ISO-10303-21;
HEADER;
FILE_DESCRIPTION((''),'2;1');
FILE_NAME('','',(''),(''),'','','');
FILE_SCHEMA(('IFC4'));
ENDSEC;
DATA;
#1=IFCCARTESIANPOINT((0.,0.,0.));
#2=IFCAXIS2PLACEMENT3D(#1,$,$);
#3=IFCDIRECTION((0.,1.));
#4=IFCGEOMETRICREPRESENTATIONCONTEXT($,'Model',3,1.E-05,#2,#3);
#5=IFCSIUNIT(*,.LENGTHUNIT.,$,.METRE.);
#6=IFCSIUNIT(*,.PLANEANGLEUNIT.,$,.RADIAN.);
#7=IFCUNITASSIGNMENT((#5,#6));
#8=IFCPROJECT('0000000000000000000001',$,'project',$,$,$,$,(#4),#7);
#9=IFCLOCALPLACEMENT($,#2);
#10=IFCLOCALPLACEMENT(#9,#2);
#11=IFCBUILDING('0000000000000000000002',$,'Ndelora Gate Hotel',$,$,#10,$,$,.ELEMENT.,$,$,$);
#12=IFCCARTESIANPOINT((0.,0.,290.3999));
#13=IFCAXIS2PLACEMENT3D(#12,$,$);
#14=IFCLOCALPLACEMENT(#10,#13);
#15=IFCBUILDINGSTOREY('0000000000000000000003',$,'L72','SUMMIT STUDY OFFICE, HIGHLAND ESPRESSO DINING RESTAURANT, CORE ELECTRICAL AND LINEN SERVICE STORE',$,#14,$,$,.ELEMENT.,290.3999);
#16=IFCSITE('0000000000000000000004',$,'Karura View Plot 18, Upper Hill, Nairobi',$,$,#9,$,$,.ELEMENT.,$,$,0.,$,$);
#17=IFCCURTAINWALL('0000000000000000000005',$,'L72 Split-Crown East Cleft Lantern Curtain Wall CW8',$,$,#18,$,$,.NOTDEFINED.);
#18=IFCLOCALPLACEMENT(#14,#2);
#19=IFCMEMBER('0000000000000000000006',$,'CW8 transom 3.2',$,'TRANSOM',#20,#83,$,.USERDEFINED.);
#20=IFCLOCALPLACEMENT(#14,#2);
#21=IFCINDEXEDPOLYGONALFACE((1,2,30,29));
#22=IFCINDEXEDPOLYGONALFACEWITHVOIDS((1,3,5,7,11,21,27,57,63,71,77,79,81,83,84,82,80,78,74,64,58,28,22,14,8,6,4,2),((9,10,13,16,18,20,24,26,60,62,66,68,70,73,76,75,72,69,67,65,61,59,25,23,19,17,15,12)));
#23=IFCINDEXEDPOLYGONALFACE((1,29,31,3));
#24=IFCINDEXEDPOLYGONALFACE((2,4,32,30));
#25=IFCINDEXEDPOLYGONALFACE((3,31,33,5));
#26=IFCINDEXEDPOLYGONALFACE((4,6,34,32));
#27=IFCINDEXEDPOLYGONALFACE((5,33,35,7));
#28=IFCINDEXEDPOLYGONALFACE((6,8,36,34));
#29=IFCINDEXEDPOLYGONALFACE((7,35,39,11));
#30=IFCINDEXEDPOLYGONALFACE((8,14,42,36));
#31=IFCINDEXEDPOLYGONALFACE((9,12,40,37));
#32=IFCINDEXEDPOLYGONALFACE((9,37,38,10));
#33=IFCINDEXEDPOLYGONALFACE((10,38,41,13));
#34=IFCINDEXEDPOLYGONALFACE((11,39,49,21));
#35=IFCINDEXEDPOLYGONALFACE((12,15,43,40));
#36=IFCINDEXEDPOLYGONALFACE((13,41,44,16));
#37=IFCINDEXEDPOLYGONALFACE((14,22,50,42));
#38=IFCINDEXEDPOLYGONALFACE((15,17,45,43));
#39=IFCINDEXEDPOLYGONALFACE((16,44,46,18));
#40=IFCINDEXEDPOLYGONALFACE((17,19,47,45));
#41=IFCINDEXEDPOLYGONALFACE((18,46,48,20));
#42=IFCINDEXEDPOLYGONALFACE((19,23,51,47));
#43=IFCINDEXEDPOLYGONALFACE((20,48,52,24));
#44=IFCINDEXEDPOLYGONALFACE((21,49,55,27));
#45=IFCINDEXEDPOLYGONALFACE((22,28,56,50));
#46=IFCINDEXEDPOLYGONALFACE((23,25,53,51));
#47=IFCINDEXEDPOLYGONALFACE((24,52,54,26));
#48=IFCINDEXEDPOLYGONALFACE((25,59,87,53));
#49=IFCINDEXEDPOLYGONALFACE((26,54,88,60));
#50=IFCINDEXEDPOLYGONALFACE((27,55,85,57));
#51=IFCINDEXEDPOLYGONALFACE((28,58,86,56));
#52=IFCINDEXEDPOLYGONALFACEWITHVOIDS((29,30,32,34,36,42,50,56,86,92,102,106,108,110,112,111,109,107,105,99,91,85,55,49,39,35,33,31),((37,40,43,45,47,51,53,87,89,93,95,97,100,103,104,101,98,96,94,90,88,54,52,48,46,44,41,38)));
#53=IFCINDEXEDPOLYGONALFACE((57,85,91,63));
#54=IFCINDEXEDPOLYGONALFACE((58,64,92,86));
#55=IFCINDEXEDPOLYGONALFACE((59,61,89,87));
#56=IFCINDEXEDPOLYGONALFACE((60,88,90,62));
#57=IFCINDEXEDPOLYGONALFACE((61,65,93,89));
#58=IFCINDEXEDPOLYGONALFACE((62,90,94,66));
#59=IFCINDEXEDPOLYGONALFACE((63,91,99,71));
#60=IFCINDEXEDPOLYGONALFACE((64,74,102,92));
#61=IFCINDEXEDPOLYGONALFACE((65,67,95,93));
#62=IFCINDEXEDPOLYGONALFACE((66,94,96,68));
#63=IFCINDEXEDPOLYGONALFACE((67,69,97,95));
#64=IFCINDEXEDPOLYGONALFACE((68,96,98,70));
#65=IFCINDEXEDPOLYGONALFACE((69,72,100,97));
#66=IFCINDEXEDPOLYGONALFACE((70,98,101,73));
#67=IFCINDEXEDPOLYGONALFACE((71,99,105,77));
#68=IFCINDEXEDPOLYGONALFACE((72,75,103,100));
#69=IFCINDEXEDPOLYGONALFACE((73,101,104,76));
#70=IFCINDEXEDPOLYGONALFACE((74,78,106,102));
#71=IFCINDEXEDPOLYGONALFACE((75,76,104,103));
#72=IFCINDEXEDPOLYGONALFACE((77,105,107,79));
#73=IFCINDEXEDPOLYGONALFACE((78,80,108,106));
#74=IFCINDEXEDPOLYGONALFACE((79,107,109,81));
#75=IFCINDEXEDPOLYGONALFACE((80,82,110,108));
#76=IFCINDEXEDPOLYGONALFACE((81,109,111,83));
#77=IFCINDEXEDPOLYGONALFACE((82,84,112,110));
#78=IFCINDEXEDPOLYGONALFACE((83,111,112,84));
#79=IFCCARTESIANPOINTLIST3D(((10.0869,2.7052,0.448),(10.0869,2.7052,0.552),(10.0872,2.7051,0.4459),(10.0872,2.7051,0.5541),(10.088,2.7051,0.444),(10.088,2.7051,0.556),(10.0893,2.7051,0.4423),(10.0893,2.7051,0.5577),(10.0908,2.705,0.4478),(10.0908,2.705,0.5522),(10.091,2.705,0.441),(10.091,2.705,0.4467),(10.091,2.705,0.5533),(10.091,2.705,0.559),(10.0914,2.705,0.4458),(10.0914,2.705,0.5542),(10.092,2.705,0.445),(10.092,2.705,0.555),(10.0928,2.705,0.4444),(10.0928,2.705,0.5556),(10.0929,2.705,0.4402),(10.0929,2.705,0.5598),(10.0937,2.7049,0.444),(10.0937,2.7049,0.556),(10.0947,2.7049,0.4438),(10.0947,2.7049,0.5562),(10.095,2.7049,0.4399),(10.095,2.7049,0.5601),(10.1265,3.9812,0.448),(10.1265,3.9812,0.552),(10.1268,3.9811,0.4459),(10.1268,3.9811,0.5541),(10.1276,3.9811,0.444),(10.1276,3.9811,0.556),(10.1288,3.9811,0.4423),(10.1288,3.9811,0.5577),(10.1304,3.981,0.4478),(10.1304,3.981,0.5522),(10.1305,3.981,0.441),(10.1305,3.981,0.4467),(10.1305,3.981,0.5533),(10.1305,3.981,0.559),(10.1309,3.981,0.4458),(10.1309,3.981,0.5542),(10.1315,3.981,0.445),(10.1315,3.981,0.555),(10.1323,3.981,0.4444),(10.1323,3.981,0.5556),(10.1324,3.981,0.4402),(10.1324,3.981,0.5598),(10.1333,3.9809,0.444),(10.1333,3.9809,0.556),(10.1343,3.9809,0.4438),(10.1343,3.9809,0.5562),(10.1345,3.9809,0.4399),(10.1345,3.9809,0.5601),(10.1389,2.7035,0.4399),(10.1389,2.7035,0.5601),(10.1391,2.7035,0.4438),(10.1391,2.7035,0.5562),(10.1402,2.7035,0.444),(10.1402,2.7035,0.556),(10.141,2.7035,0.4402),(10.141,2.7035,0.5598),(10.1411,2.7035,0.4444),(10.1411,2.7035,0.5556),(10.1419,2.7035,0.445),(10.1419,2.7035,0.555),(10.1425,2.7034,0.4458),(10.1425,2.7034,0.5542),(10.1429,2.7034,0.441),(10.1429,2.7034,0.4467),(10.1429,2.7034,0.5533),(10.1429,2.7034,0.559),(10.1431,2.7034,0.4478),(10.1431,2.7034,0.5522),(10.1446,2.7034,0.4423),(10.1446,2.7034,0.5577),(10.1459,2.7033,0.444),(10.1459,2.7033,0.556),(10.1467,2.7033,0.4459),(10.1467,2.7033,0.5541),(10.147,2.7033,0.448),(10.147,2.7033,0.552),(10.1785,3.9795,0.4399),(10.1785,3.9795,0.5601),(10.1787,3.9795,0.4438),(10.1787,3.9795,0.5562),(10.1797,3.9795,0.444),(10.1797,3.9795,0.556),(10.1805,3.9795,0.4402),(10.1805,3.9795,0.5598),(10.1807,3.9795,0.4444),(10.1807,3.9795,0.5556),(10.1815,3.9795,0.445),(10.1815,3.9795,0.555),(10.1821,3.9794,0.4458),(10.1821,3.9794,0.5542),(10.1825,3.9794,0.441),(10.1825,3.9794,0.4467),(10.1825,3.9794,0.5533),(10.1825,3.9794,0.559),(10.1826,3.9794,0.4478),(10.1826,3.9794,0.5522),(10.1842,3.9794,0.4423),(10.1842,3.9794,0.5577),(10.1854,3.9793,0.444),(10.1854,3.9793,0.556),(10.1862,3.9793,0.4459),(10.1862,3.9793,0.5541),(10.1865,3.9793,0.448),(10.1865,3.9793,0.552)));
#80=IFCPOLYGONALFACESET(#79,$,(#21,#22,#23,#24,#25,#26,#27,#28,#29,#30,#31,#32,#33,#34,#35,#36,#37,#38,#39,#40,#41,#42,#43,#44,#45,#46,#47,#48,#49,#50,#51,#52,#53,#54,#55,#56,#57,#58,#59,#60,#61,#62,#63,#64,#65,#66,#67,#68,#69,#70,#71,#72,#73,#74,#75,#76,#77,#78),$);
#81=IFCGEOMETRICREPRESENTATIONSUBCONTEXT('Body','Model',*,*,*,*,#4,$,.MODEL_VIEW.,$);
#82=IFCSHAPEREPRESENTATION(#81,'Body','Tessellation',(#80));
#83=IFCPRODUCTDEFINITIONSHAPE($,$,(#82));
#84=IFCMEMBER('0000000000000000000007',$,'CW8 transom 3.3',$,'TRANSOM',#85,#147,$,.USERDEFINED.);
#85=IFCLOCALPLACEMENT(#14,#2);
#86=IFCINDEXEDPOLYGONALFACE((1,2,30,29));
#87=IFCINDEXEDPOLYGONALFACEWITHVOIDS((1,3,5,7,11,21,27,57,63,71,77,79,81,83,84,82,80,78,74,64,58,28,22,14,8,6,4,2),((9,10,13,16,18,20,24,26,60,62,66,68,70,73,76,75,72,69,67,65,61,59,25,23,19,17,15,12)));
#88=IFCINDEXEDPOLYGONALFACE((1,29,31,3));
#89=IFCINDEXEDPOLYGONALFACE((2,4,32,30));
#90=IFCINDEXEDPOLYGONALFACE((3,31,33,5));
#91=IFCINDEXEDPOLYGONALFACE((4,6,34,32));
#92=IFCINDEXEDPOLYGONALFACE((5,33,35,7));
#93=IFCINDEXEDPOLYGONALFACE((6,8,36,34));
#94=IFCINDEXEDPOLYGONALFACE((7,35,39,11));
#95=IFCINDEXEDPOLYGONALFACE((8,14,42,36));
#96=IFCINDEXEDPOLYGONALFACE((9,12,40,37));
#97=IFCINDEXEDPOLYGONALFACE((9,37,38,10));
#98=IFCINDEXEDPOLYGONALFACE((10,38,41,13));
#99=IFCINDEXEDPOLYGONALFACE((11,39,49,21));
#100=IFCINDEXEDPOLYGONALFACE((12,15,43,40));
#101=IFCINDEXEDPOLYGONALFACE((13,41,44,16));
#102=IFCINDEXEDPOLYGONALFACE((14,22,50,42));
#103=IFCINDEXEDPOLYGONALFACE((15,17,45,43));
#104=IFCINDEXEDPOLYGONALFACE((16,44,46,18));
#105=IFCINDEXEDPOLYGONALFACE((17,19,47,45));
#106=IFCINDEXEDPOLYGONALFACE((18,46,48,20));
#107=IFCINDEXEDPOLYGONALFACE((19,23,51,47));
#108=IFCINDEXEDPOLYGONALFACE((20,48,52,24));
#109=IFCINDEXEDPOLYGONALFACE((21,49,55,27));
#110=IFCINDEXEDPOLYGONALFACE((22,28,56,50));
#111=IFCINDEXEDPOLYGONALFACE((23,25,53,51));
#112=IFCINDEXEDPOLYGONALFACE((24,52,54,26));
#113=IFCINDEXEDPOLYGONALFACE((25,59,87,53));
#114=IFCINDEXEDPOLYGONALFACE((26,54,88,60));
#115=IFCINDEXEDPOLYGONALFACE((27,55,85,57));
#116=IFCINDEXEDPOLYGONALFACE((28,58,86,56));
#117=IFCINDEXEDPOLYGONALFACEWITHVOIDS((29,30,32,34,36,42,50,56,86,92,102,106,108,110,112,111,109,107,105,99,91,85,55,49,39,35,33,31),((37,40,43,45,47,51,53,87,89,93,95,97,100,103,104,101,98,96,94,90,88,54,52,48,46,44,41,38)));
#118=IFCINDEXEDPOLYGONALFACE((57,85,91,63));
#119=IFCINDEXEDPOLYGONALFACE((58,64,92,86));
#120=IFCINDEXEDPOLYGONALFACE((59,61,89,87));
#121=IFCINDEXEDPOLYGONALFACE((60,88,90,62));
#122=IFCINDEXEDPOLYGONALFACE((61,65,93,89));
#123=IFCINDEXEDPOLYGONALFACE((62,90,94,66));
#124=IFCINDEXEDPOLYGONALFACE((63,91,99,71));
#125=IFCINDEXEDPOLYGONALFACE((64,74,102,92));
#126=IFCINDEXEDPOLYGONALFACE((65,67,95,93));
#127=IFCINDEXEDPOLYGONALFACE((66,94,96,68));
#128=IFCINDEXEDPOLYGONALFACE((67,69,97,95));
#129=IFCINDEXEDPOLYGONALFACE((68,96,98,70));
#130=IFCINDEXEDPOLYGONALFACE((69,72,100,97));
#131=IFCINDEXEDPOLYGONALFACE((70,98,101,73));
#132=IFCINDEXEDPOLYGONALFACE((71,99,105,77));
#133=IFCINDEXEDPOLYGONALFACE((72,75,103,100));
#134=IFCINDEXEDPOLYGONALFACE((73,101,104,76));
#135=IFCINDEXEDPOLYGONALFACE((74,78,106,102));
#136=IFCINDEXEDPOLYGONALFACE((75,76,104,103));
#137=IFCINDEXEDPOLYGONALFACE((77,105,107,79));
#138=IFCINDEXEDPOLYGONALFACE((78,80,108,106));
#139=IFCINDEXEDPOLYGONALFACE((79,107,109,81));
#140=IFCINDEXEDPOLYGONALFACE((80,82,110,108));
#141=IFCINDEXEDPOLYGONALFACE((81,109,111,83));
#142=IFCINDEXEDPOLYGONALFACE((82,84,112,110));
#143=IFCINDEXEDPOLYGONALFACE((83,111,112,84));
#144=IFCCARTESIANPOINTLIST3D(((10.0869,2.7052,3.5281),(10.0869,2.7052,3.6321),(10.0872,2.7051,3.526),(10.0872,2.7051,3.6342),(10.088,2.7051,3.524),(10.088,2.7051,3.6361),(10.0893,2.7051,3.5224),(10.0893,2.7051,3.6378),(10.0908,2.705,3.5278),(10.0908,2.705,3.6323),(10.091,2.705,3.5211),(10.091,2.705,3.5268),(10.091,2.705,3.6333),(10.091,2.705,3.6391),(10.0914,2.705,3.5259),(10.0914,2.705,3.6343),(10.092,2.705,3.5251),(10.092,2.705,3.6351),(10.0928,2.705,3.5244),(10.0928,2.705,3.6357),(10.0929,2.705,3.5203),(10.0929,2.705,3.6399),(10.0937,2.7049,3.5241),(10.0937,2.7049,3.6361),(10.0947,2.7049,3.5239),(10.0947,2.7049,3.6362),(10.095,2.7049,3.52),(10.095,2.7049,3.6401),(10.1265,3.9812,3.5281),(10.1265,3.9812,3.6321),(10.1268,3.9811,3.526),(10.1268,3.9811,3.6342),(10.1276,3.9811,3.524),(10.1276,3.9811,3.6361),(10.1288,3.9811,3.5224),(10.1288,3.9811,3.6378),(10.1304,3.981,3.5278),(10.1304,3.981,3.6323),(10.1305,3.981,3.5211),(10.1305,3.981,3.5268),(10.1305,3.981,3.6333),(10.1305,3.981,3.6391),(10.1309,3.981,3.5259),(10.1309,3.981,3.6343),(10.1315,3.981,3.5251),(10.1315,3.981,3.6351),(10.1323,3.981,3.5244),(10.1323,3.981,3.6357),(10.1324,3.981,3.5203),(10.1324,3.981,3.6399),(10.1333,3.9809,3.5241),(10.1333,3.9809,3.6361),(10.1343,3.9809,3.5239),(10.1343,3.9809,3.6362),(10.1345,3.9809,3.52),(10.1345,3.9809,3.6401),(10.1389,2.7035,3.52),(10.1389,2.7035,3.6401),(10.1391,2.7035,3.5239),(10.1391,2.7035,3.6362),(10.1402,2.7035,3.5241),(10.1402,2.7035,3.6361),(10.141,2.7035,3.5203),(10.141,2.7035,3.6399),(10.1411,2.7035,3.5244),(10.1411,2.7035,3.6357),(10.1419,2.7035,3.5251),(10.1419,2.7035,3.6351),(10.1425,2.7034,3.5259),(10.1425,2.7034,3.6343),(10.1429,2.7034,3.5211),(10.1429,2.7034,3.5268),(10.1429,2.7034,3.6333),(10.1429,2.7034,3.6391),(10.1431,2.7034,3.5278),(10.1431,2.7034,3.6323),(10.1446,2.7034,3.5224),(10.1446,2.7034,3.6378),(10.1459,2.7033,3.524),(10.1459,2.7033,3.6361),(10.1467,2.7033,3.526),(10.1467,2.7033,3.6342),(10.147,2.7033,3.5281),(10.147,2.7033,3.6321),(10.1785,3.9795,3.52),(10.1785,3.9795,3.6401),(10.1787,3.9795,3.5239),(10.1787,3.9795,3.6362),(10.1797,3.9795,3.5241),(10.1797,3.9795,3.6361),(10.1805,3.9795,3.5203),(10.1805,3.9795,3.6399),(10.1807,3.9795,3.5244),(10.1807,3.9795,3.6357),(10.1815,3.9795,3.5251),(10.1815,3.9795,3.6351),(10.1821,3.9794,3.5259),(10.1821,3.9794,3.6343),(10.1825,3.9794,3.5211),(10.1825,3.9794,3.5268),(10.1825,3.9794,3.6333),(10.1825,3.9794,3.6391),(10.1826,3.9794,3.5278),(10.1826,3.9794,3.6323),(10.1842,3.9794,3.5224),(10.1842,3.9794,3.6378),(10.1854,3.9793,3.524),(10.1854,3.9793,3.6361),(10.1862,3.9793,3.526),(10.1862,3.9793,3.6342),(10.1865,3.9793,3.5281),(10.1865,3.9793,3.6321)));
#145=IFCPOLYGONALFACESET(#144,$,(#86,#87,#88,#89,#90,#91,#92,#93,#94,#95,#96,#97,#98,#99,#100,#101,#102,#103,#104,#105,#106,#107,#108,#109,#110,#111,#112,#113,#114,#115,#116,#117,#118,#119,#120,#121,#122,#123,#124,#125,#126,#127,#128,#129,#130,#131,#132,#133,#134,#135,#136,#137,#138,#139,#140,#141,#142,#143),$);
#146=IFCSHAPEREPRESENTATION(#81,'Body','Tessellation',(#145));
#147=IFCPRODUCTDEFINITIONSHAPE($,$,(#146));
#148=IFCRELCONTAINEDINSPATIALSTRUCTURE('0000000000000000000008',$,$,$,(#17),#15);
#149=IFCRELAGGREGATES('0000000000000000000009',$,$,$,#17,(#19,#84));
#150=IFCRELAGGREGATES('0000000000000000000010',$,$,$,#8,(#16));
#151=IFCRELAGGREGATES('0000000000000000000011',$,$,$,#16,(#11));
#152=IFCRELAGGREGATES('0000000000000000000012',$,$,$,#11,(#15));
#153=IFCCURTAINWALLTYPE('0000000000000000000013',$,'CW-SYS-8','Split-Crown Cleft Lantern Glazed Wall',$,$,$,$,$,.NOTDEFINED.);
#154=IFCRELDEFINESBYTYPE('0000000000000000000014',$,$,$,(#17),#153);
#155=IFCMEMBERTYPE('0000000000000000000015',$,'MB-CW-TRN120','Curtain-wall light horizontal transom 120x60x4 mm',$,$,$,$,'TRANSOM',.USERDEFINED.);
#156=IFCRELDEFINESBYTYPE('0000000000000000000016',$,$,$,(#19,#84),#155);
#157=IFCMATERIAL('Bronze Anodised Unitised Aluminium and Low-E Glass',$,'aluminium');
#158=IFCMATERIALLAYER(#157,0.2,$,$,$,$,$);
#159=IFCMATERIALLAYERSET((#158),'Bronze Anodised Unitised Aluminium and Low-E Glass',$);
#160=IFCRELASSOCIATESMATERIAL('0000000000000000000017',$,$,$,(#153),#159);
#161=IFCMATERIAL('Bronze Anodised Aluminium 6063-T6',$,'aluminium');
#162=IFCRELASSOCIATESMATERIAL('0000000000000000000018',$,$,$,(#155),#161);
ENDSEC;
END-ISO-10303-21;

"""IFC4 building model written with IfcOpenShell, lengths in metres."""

from ifc_helpers import new_model, si_unit, direction, frame, origin, origin_2d, place, context, subcontext, project, spatial, hollow_rectangle, extrude, material, layer, layer_set, material_profile, profile_set, type_object, element, aggregate, save


model = new_model("IFC4")

# Units and contexts
model_context = context("Model", 3, precision=1e-05, world=origin(), true_north=direction((0.0, 1.0)))
body_context = subcontext(model_context, "Body", "Model", "MODEL_VIEW")
ifc_project = project(units=[si_unit("LENGTHUNIT", "METRE"), si_unit("PLANEANGLEUNIT", "RADIAN")], contexts=[model_context])

# Site, building, storey
site_placement = place(None, origin())
site = spatial("IfcSite", under=ifc_project, at=site_placement, Name="Karura View Plot 18, Upper Hill, Nairobi", CompositionType="ELEMENT", RefElevation=0.0)
building_placement = place(site_placement, origin())
building = spatial("IfcBuilding", under=site, at=building_placement, Name="Ndelora Gate Hotel", CompositionType="ELEMENT")
storey_placement = place(building_placement, frame((0.0, 0.0, 290.3999)))
storey = spatial("IfcBuildingStorey", under=building, at=storey_placement, Name="L72", Description="SUMMIT STUDY OFFICE, HIGHLAND ESPRESSO DINING RESTAURANT, CORE ELECTRICAL AND LINEN SERVICE STORE", CompositionType="ELEMENT", Elevation=290.3999)

# Curtain wall
ifc_material_1 = material(Name="Bronze Anodised Unitised Aluminium and Low-E Glass", Category="aluminium")
ifc_layer_1 = layer(ifc_material_1, 0.2)
ifc_layer_set_1 = layer_set([ifc_layer_1], Name="Bronze Anodised Unitised Aluminium and Low-E Glass")
curtain_wall_type = type_object("IfcCurtainWallType", Name="CW-SYS-8", Description="Split-Crown Cleft Lantern Glazed Wall", PredefinedType="NOTDEFINED", material=ifc_layer_set_1)
ifc_material_2 = material(Name="Bronze Anodised Aluminium 6063-T6", Category="aluminium")
curtain_wall_1_placement = place(storey_placement, origin())
curtain_wall_1 = element("IfcCurtainWall", 1, at=curtain_wall_1_placement, inside=storey, type_object=curtain_wall_type, Name="L72 Split-Crown East Cleft Lantern Curtain Wall CW8", PredefinedType="NOTDEFINED")

# Members
ifc_material_profile_1 = material_profile(ifc_material_2, hollow_rectangle(XDim=0.0601, YDim=0.1201, WallThickness=0.0039, InnerFilletRadius=0.0039, OuterFilletRadius=0.0081, at=origin_2d()), Name="ALU 120x60x4")
ifc_profile_set_1 = profile_set([ifc_material_profile_1], Name="Bronze Anodised Aluminium 6063-T6")
member_type_1 = type_object("IfcMemberType", Name="MB-CW-TRN120", Description="Curtain-wall light horizontal transom 120x60x4 mm", ElementType="TRANSOM", PredefinedType="USERDEFINED", material=ifc_profile_set_1)
member_1_placement = place(storey_placement, frame((10.1565, 3.9802, 0.5), z_axis=(-0.030984, -0.99952, 0.0), x_axis=(0.99952, -0.030984, 0.0)))
member_1 = element("IfcMember", 2, at=member_1_placement, type_object=member_type_1, Name="CW8 transom 3.2", ObjectType="TRANSOM", PredefinedType="USERDEFINED", context=body_context, shape_type="SweptSolid", body=[
    extrude(hollow_rectangle(XDim=0.0601, YDim=0.1201, WallThickness=0.0039, InnerFilletRadius=0.0039, OuterFilletRadius=0.0081, at=origin_2d()), origin(), (0.0, 0.0, 1.0), 1.2766),
])
member_2_placement = place(storey_placement, frame((10.1565, 3.9802, 3.5801), z_axis=(-0.030984, -0.99952, 0.0), x_axis=(0.99952, -0.030984, 0.0)))
member_2 = element("IfcMember", 3, at=member_2_placement, type_object=member_type_1, Name="CW8 transom 3.3", ObjectType="TRANSOM", PredefinedType="USERDEFINED", context=body_context, shape_type="SweptSolid", body=[
    extrude(hollow_rectangle(XDim=0.0601, YDim=0.1201, WallThickness=0.0039, InnerFilletRadius=0.0039, OuterFilletRadius=0.0081, at=origin_2d()), origin(), (0.0, 0.0, 1.0), 1.2766),
])

aggregate(curtain_wall_1, [member_1, member_2])

save(model, "model.ifc")
